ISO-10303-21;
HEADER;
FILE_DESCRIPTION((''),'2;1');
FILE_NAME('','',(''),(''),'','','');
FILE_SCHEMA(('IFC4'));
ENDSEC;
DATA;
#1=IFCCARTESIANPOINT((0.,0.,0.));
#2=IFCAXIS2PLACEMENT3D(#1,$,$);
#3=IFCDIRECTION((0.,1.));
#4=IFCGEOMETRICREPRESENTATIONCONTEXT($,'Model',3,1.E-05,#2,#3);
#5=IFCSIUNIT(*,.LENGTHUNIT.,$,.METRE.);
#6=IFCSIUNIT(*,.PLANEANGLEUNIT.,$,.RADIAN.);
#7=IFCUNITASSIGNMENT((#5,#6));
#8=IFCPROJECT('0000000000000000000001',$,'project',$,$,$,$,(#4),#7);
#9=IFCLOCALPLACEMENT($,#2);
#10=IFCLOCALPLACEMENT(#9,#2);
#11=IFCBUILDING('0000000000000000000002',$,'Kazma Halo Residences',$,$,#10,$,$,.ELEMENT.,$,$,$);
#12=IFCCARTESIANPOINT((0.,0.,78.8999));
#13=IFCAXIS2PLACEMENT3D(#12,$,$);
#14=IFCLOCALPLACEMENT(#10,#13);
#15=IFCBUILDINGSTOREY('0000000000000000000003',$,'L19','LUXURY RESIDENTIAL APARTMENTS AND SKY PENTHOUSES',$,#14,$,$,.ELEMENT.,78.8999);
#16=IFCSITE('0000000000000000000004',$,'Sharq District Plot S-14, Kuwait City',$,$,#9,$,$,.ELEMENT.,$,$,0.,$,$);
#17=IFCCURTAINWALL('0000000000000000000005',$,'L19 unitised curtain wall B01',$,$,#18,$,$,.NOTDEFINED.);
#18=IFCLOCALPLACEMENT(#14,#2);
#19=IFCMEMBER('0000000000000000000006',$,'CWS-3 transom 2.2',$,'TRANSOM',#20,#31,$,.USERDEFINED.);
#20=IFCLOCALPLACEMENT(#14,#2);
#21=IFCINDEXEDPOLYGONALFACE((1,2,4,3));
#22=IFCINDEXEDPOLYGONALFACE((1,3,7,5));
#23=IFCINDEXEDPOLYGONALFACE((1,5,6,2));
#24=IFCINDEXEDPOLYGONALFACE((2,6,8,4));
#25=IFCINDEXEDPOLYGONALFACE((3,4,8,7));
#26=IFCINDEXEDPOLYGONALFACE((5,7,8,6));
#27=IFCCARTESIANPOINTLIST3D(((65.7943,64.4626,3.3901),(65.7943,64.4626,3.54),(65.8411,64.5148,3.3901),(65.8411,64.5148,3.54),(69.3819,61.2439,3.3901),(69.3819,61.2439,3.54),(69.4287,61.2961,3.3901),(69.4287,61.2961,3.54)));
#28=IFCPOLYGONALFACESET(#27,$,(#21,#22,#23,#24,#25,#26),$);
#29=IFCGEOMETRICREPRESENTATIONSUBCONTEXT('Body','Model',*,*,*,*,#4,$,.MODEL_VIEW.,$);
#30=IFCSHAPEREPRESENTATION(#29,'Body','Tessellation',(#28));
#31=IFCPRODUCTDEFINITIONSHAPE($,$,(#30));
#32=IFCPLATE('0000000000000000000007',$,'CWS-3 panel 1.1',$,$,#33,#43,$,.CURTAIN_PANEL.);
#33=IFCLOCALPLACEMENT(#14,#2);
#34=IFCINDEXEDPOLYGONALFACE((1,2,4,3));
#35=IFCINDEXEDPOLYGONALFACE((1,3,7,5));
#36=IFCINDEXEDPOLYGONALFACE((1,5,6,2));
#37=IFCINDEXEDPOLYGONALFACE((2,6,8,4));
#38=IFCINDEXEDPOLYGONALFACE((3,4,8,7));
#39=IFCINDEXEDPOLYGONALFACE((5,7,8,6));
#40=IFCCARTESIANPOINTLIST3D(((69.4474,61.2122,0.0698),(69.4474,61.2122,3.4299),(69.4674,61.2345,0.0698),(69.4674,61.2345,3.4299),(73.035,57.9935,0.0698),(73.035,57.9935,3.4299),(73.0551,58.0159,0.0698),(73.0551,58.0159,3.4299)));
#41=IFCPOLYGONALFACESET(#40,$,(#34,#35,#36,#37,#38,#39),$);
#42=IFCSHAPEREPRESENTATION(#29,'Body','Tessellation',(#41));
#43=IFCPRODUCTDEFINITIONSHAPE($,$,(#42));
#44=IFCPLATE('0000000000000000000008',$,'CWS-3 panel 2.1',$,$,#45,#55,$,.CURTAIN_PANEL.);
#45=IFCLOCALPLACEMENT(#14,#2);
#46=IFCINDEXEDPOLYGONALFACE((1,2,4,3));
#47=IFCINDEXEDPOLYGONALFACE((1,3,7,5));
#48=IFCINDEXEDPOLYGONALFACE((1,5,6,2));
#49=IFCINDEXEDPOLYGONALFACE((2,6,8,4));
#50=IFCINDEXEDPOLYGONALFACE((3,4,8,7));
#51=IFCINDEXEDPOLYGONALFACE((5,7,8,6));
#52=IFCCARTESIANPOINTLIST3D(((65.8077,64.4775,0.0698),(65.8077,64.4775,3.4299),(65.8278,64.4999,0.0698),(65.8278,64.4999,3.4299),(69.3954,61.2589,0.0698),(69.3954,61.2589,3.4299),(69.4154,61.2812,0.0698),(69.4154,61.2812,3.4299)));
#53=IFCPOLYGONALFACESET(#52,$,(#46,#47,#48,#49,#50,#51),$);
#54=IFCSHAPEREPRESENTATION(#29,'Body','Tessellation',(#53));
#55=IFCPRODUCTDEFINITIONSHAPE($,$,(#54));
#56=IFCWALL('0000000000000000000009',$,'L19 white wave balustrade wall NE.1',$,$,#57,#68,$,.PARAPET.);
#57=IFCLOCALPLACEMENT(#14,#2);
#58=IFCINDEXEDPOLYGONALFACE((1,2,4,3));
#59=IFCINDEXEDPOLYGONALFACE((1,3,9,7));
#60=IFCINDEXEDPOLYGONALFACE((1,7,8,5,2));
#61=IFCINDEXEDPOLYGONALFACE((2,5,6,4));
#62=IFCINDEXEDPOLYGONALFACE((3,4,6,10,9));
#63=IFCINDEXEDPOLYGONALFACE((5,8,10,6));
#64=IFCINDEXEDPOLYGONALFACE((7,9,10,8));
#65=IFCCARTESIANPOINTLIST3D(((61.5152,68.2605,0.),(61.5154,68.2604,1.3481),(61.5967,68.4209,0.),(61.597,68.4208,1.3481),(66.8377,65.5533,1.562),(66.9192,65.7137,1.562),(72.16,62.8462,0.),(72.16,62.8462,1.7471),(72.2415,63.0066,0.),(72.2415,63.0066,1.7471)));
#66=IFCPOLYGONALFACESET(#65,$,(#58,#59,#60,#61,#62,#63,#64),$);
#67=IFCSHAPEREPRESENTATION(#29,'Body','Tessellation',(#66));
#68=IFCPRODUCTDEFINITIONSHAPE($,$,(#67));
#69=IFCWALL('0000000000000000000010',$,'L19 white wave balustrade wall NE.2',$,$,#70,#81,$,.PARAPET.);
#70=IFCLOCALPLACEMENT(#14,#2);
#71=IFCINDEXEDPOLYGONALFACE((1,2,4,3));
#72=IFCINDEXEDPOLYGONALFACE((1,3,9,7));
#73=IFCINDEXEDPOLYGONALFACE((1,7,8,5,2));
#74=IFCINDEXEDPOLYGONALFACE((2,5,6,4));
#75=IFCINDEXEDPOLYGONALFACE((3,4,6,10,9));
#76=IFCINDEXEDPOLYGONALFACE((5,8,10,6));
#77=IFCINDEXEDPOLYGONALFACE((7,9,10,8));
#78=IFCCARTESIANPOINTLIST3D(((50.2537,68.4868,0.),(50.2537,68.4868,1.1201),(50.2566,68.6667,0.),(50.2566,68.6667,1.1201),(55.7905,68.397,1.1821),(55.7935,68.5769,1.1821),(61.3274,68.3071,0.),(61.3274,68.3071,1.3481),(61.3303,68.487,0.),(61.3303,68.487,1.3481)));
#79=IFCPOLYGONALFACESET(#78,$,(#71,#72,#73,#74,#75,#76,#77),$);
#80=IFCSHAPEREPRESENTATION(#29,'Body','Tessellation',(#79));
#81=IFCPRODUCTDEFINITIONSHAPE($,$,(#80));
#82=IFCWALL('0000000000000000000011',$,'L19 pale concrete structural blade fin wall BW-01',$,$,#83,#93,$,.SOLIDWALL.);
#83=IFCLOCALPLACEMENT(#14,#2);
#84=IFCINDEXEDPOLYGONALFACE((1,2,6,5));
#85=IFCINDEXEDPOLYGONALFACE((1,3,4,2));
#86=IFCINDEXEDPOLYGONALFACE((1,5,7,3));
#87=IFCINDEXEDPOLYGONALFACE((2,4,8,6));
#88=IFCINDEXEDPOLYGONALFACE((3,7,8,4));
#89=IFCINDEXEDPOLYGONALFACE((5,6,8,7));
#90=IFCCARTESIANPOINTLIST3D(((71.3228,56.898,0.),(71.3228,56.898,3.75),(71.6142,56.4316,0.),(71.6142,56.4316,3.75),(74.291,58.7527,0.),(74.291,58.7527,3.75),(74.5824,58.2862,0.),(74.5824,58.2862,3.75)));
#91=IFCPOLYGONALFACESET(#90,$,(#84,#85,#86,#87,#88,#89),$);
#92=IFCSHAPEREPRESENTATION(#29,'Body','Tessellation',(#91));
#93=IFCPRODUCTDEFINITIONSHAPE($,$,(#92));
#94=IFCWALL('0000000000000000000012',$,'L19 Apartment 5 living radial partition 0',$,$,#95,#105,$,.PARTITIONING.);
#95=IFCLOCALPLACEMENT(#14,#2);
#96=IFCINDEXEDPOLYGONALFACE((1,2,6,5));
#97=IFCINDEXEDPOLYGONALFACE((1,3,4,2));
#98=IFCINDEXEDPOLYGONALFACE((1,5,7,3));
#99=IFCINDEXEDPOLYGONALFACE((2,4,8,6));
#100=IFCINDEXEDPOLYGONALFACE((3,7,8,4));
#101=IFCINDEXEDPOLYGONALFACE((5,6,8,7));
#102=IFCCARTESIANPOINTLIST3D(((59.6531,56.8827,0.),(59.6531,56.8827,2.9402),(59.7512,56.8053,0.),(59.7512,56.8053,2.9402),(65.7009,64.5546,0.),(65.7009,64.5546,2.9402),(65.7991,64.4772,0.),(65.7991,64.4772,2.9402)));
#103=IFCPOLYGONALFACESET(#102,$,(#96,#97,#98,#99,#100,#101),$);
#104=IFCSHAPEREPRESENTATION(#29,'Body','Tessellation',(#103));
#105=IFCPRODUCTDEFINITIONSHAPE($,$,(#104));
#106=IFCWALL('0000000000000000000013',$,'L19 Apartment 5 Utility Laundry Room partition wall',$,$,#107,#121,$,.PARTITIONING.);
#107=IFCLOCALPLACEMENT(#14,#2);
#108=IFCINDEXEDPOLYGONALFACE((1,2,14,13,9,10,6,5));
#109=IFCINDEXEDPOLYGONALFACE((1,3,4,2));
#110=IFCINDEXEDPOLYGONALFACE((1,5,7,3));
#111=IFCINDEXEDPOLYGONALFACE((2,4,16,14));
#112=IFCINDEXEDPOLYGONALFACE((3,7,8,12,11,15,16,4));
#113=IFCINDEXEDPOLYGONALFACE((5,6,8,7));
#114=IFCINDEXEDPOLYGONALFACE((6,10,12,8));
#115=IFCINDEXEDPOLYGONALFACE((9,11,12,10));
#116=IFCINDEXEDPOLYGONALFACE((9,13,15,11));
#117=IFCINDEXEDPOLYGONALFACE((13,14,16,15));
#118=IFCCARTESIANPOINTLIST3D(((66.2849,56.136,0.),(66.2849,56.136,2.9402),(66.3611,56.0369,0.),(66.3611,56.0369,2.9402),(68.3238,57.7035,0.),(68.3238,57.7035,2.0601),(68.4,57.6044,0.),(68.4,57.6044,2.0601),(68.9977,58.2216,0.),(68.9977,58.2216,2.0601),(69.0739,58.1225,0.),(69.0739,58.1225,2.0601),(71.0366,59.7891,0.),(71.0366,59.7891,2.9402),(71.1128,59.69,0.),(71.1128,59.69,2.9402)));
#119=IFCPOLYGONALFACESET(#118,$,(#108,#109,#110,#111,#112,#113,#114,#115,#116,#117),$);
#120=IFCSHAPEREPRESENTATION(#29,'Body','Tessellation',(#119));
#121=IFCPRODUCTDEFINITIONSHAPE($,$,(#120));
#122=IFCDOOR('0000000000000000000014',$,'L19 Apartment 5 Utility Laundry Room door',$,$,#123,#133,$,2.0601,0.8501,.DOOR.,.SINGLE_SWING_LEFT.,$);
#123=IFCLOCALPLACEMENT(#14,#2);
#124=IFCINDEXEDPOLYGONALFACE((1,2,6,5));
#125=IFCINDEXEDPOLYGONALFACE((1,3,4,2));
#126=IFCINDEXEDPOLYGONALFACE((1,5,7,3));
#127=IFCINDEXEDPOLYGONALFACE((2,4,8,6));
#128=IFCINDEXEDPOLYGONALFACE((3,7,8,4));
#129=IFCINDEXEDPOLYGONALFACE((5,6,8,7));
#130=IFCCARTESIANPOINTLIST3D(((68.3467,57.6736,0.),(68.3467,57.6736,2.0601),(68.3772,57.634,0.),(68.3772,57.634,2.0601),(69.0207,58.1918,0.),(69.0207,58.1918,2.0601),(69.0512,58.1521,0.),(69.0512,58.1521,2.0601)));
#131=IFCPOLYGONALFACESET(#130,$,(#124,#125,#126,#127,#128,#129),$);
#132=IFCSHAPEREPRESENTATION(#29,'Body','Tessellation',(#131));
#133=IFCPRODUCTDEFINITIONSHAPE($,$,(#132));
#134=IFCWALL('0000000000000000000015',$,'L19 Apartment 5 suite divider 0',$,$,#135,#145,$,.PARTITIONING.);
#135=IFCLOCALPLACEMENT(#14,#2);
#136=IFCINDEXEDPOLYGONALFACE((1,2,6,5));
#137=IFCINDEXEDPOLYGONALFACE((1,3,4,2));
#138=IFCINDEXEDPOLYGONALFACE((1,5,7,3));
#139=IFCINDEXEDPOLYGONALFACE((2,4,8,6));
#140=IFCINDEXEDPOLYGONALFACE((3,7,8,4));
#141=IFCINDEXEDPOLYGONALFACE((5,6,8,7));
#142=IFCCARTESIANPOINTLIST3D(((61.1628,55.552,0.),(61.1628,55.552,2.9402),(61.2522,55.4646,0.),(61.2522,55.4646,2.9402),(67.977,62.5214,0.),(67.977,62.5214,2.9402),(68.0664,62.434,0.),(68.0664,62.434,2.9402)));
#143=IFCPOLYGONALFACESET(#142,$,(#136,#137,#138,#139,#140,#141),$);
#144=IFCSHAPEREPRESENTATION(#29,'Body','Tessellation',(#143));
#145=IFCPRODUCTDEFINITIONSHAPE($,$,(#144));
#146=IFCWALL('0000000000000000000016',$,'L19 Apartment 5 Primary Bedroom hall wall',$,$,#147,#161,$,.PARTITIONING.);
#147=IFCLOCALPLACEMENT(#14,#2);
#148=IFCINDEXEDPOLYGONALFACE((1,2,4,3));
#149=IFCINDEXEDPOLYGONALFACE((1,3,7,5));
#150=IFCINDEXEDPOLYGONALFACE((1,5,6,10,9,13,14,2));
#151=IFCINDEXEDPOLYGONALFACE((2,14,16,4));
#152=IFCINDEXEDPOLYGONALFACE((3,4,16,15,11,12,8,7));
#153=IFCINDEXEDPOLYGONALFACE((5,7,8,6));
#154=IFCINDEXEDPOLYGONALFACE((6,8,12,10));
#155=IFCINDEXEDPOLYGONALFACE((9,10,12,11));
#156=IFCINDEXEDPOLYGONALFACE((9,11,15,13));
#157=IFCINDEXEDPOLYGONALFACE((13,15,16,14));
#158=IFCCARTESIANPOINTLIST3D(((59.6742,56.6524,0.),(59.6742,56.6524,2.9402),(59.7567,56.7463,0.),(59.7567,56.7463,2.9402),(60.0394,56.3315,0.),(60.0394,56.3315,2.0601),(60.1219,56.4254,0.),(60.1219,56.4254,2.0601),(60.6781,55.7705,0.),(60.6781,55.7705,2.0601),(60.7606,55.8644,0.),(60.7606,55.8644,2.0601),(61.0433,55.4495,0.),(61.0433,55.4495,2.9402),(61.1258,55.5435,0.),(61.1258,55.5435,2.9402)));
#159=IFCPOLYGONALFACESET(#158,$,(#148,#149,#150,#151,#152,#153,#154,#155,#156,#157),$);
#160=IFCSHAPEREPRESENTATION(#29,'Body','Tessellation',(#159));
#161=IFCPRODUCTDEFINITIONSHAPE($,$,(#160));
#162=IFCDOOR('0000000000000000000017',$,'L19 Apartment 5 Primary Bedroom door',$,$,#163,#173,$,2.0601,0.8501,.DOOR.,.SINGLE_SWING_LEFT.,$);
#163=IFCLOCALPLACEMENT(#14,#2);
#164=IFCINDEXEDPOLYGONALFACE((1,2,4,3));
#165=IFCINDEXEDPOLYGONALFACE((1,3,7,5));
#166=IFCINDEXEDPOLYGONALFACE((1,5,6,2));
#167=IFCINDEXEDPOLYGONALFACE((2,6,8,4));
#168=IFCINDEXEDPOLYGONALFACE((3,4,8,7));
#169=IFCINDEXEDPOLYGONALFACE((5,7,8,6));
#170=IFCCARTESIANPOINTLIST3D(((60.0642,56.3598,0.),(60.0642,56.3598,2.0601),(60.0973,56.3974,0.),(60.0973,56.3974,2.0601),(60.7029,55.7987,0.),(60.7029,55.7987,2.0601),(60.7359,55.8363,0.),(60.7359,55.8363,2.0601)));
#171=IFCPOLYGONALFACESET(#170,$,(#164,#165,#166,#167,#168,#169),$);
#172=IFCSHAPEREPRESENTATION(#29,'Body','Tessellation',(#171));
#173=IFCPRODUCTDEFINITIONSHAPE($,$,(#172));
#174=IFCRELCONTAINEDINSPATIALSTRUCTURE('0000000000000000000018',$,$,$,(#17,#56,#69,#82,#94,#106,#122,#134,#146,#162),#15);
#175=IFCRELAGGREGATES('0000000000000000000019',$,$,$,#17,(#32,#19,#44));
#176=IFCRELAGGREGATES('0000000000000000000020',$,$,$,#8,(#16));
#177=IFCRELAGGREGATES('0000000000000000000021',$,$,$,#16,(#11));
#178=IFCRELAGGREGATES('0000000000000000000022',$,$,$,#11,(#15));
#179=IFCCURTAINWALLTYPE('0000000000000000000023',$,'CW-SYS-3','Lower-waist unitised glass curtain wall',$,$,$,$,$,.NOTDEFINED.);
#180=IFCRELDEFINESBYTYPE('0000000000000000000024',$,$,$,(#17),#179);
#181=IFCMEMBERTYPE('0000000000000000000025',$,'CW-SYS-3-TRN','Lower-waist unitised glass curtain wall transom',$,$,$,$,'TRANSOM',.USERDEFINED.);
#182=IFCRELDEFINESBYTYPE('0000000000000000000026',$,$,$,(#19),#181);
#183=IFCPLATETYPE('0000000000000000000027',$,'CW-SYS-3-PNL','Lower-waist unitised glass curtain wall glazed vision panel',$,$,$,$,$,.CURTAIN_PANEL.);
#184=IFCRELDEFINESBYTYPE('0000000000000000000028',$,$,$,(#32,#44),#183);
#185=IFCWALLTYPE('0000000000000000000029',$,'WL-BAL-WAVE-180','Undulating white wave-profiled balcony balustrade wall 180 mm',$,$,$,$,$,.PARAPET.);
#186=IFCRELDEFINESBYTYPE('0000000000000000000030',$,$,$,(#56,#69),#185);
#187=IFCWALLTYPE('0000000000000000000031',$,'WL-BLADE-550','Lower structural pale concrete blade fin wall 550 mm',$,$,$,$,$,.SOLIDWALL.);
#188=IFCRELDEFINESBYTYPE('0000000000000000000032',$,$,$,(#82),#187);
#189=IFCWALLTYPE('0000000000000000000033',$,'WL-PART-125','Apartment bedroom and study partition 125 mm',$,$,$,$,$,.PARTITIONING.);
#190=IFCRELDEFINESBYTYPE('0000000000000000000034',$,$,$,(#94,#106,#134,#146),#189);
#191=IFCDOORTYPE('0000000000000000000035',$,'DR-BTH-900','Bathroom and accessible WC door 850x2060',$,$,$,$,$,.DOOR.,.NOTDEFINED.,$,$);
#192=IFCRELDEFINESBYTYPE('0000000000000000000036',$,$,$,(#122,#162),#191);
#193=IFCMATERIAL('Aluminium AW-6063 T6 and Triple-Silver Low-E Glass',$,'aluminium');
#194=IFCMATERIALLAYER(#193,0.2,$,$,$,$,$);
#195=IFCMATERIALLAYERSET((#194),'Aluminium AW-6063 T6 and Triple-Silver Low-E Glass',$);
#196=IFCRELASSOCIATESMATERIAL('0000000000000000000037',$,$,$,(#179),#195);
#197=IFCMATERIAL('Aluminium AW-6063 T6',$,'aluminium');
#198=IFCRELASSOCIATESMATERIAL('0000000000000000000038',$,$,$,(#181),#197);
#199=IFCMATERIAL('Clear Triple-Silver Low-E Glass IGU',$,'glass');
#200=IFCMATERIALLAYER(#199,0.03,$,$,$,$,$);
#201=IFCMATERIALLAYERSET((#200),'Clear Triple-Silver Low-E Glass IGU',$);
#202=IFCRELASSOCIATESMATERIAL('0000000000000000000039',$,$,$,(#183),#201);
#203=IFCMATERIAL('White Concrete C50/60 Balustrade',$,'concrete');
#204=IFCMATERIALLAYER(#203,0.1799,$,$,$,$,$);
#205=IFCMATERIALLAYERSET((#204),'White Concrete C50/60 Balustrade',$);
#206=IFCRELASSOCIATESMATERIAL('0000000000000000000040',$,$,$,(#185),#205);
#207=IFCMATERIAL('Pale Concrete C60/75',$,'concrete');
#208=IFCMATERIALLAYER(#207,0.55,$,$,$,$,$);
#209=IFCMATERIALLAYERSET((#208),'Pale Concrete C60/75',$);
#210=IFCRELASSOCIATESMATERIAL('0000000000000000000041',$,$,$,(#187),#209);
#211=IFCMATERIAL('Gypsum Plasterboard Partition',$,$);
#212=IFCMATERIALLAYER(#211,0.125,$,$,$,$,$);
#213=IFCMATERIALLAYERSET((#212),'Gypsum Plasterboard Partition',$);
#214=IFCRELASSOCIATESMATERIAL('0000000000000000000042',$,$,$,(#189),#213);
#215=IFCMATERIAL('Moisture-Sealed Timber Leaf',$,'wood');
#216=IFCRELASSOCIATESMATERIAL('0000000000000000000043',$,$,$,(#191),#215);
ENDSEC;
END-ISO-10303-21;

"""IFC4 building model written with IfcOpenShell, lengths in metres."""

from ifc_helpers import new_model, si_unit, direction, frame, frame_2d, origin, origin_2d, place, context, subcontext, project, spatial, polyline, rectangle, outline, extrude, material, layer, layer_set, material_profile, profile_set, type_object, element, fill, aggregate, save


model = new_model("IFC4")

# Units and contexts
model_context = context("Model", 3, precision=1e-05, world=origin(), true_north=direction((0.0, 1.0)))
body_context = subcontext(model_context, "Body", "Model", "MODEL_VIEW")
ifc_project = project(units=[si_unit("LENGTHUNIT", "METRE"), si_unit("PLANEANGLEUNIT", "RADIAN")], contexts=[model_context])

# Site, building, storey
site_placement = place(None, origin())
site = spatial("IfcSite", under=ifc_project, at=site_placement, Name="Sharq District Plot S-14, Kuwait City", CompositionType="ELEMENT", RefElevation=0.0)
building_placement = place(site_placement, origin())
building = spatial("IfcBuilding", under=site, at=building_placement, Name="Kazma Halo Residences", CompositionType="ELEMENT")
storey_placement = place(building_placement, frame((0.0, 0.0, 78.8999)))
storey = spatial("IfcBuildingStorey", under=building, at=storey_placement, Name="L19", Description="LUXURY RESIDENTIAL APARTMENTS AND SKY PENTHOUSES", CompositionType="ELEMENT", Elevation=78.8999)

# Curtain wall
ifc_material_1 = material(Name="Aluminium AW-6063 T6 and Triple-Silver Low-E Glass", Category="aluminium")
ifc_layer_1 = layer(ifc_material_1, 0.2)
ifc_layer_set_1 = layer_set([ifc_layer_1], Name="Aluminium AW-6063 T6 and Triple-Silver Low-E Glass")
curtain_wall_type = type_object("IfcCurtainWallType", Name="CW-SYS-3", Description="Lower-waist unitised glass curtain wall", PredefinedType="NOTDEFINED", material=ifc_layer_set_1)
curtain_wall_1_placement = place(storey_placement, origin())
curtain_wall_1 = element("IfcCurtainWall", 1, at=curtain_wall_1_placement, inside=storey, type_object=curtain_wall_type, Name="L19 unitised curtain wall B01", PredefinedType="NOTDEFINED")
ifc_material_2 = material(Name="Aluminium AW-6063 T6", Category="aluminium")

# Member
ifc_material_profile_1 = material_profile(ifc_material_2, rectangle(XDim=0.0701, YDim=0.1499, at=origin_2d()), Name="CWT-70x150")
ifc_profile_set_1 = profile_set([ifc_material_profile_1], Name="Aluminium AW-6063 T6")
member_type_1 = type_object("IfcMemberType", Name="CW-SYS-3-TRN", Description="Lower-waist unitised glass curtain wall transom", ElementType="TRANSOM", PredefinedType="USERDEFINED", material=ifc_profile_set_1)
member_1_placement = place(storey_placement, frame((69.4053, 61.27, 3.4651), z_axis=(-0.744338, 0.667803, 0.0), x_axis=(-0.667803, -0.744338, 0.0)))
member_1 = element("IfcMember", 2, at=member_1_placement, type_object=member_type_1, Name="CWS-3 transom 2.2", ObjectType="TRANSOM", PredefinedType="USERDEFINED", context=body_context, shape_type="SweptSolid", body=[
    extrude(rectangle(XDim=0.0701, YDim=0.1499, at=origin_2d()), origin(), (0.0, 0.0, 1.0), 4.8198),
])

# Plates
ifc_material_3 = material(Name="Clear Triple-Silver Low-E Glass IGU", Category="glass")
ifc_layer_2 = layer(ifc_material_3, 0.03)
ifc_layer_set_2 = layer_set([ifc_layer_2], Name="Clear Triple-Silver Low-E Glass IGU")
plate_type = type_object("IfcPlateType", Name="CW-SYS-3-PNL", Description="Lower-waist unitised glass curtain wall glazed vision panel", PredefinedType="CURTAIN_PANEL", material=ifc_layer_set_2)
plate_1_placement = place(storey_placement, frame((71.2512, 59.614, 0.0698), z_axis=(0.0, 0.0, 1.0), x_axis=(-0.744345, 0.667795, 0.0)))
plate_1 = element("IfcPlate", 3, at=plate_1_placement, type_object=plate_type, Name="CWS-3 panel 1.1", PredefinedType="CURTAIN_PANEL", context=body_context, shape_type="SweptSolid", body=[
    extrude(rectangle(XDim=4.8198, YDim=0.03, at=origin_2d()), origin(), (0.0, 0.0, 1.0), 3.3601),
])
plate_2_placement = place(storey_placement, frame((67.6116, 62.8794, 0.0698), z_axis=(0.0, 0.0, 1.0), x_axis=(-0.744345, 0.667795, 0.0)))
plate_2 = element("IfcPlate", 4, at=plate_2_placement, type_object=plate_type, Name="CWS-3 panel 2.1", PredefinedType="CURTAIN_PANEL", context=body_context, shape_type="SweptSolid", body=[
    extrude(rectangle(XDim=4.8198, YDim=0.03, at=origin_2d()), origin(), (0.0, 0.0, 1.0), 3.3601),
])
aggregate(curtain_wall_1, [plate_1, member_1, plate_2])

# Walls
ifc_material_4 = material(Name="White Concrete C50/60 Balustrade", Category="concrete")
ifc_layer_3 = layer(ifc_material_4, 0.1799)
ifc_layer_set_3 = layer_set([ifc_layer_3], Name="White Concrete C50/60 Balustrade")
wall_type_1 = type_object("IfcWallType", Name="WL-BAL-WAVE-180", Description="Undulating white wave-profiled balcony balustrade wall 180 mm", PredefinedType="PARAPET", material=ifc_layer_set_3)
wall_1_placement = place(storey_placement, frame((72.2007, 62.9263, 0.0), z_axis=(0.0, 0.0, 1.0), x_axis=(-0.891327, 0.45336, 0.0)))
element("IfcWall", 5, at=wall_1_placement, inside=storey, type_object=wall_type_1, Name="L19 white wave balustrade wall NE.1", PredefinedType="PARAPET", context=body_context, shape_type="SweptSolid", body=[
    extrude(outline(polyline([(0.0, 0.0), (11.9426, 0.0), (11.9424, 1.3481), (5.9712, 1.562), (0.0, 1.7471), (0.0, 0.0)])), frame((0.0, 0.0898, 0.0), z_axis=(0.0, -1.0, 0.0), x_axis=(1.0, 0.0, 0.0)), (0.0, 0.0, 1.0), 0.1799),
])
wall_2_placement = place(storey_placement, frame((61.3289, 68.397, 0.0), z_axis=(0.0, 0.0, 1.0), x_axis=(-0.999868, 0.016224, 0.0)))
element("IfcWall", 6, at=wall_2_placement, inside=storey, type_object=wall_type_1, Name="L19 white wave balustrade wall NE.2", PredefinedType="PARAPET", context=body_context, shape_type="SweptSolid", body=[
    extrude(outline(polyline([(0.0, 0.0), (11.0752, 0.0), (11.0752, 1.1201), (5.5376, 1.1821), (0.0, 1.3481), (0.0, 0.0)])), frame((0.0, 0.0898, 0.0), z_axis=(0.0, -1.0, 0.0), x_axis=(1.0, 0.0, 0.0)), (0.0, 0.0, 1.0), 0.1799),
])
ifc_material_5 = material(Name="Pale Concrete C60/75", Category="concrete")
ifc_layer_4 = layer(ifc_material_5, 0.55)
ifc_layer_set_4 = layer_set([ifc_layer_4], Name="Pale Concrete C60/75")
wall_type_2 = type_object("IfcWallType", Name="WL-BLADE-550", Description="Lower structural pale concrete blade fin wall 550 mm", PredefinedType="SOLIDWALL", material=ifc_layer_set_4)
wall_3_placement = place(storey_placement, frame((71.4685, 56.6648, 0.0), z_axis=(0.0, 0.0, 1.0), x_axis=(0.848053, 0.529911, 0.0)))
element("IfcWall", 7, at=wall_3_placement, inside=storey, type_object=wall_type_2, Name="L19 pale concrete structural blade fin wall BW-01", PredefinedType="SOLIDWALL", context=body_context, shape_type="SweptSolid", body=[
    extrude(rectangle(XDim=3.5, YDim=0.55, at=frame_2d((1.75, 0.0))), origin(), (0.0, 0.0, 1.0), 3.75),
])

# Wall
ifc_material_6 = material(Name="Gypsum Plasterboard Partition")
ifc_layer_5 = layer(ifc_material_6, 0.125)
ifc_layer_set_5 = layer_set([ifc_layer_5], Name="Gypsum Plasterboard Partition")
wall_type_3 = type_object("IfcWallType", Name="WL-PART-125", Description="Apartment bedroom and study partition 125 mm", PredefinedType="PARTITIONING", material=ifc_layer_set_5)
wall_4_placement = place(storey_placement, frame((59.7021, 56.844, 0.0), z_axis=(0.0, 0.0, 1.0), x_axis=(0.619083, 0.785325, 0.0)))
element("IfcWall", 8, at=wall_4_placement, inside=storey, type_object=wall_type_3, Name="L19 Apartment 5 living radial partition 0", PredefinedType="PARTITIONING", context=body_context, shape_type="SweptSolid", body=[
    extrude(rectangle(XDim=9.769, YDim=0.125, at=frame_2d((4.8845, 0.0))), origin(), (0.0, 0.0, 1.0), 2.9402),
])

# Wall, opening, door
wall_5_placement = place(storey_placement, frame((66.323, 56.0864, 0.0), z_axis=(0.0, 0.0, 1.0), x_axis=(0.792792, 0.609492, 0.0)))
wall_5 = element("IfcWall", 9, at=wall_5_placement, inside=storey, type_object=wall_type_3, Name="L19 Apartment 5 Utility Laundry Room partition wall", PredefinedType="PARTITIONING", context=body_context, shape_type="SweptSolid", body=[
    extrude(rectangle(XDim=5.9937, YDim=0.125, at=frame_2d((2.9968, 0.0))), origin(), (0.0, 0.0, 1.0), 2.9402),
])
opening_1_placement = place(wall_5_placement, frame((2.5718, 0.0, 0.0)))
opening_1 = element("IfcOpeningElement", 10, at=opening_1_placement, cuts=wall_5, PredefinedType="OPENING", context=body_context, shape_type="SweptSolid", body=[
    extrude(rectangle(XDim=0.8501, YDim=2.0601, at=frame_2d((0.425, 1.03))), frame((0.0, 0.0725, 0.0), z_axis=(0.0, -1.0, 0.0), x_axis=(1.0, 0.0, 0.0)), (0.0, 0.0, 1.0), 0.145),
])
ifc_material_7 = material(Name="Moisture-Sealed Timber Leaf", Category="wood")
door_type_1 = type_object("IfcDoorType", Name="DR-BTH-900", Description="Bathroom and accessible WC door 850x2060", OperationType="NOTDEFINED", PredefinedType="DOOR", material=ifc_material_7)
door_1_placement = place(opening_1_placement, origin())
door_1 = element("IfcDoor", 11, at=door_1_placement, inside=storey, type_object=door_type_1, Name="L19 Apartment 5 Utility Laundry Room door", OperationType="SINGLE_SWING_LEFT", OverallHeight=2.0601, OverallWidth=0.8501, PredefinedType="DOOR", context=body_context, shape_type="SweptSolid", body=[
    extrude(rectangle(XDim=0.8501, YDim=2.0601, at=frame_2d((0.425, 1.03))), frame((0.0, 0.0249, 0.0), z_axis=(0.0, -1.0, 0.0), x_axis=(1.0, 0.0, 0.0)), (0.0, 0.0, 1.0), 0.05),
])
fill(opening_1, door_1)

# Wall
wall_6_placement = place(storey_placement, frame((61.2075, 55.5083, 0.0), z_axis=(0.0, 0.0, 1.0), x_axis=(0.699097, 0.715027, 0.0)))
element("IfcWall", 12, at=wall_6_placement, inside=storey, type_object=wall_type_3, Name="L19 Apartment 5 suite divider 0", PredefinedType="PARTITIONING", context=body_context, shape_type="SweptSolid", body=[
    extrude(rectangle(XDim=9.7471, YDim=0.125, at=frame_2d((4.8735, 0.0))), origin(), (0.0, 0.0, 1.0), 2.9402),
])

# Wall, opening, door
wall_7_placement = place(storey_placement, frame((61.0845, 55.4966, 0.0), z_axis=(0.0, 0.0, 1.0), x_axis=(-0.751247, 0.660021, 0.0)))
wall_7 = element("IfcWall", 13, at=wall_7_placement, inside=storey, type_object=wall_type_3, Name="L19 Apartment 5 Primary Bedroom hall wall", PredefinedType="PARTITIONING", context=body_context, shape_type="SweptSolid", body=[
    extrude(rectangle(XDim=1.8225, YDim=0.125, at=frame_2d((0.9111, 0.0))), origin(), (0.0, 0.0, 1.0), 2.9402),
])
opening_2_placement = place(wall_7_placement, frame((0.4861, 0.0, 0.0)))
opening_2 = element("IfcOpeningElement", 14, at=opening_2_placement, cuts=wall_7, PredefinedType="OPENING", context=body_context, shape_type="SweptSolid", body=[
    extrude(rectangle(XDim=0.8501, YDim=2.0601, at=frame_2d((0.425, 1.03))), frame((0.0, 0.0725, 0.0), z_axis=(0.0, -1.0, 0.0), x_axis=(1.0, 0.0, 0.0)), (0.0, 0.0, 1.0), 0.145),
])
door_2_placement = place(opening_2_placement, origin())
door_2 = element("IfcDoor", 15, at=door_2_placement, inside=storey, type_object=door_type_1, Name="L19 Apartment 5 Primary Bedroom door", OperationType="SINGLE_SWING_LEFT", OverallHeight=2.0601, OverallWidth=0.8501, PredefinedType="DOOR", context=body_context, shape_type="SweptSolid", body=[
    extrude(rectangle(XDim=0.8501, YDim=2.0601, at=frame_2d((0.425, 1.03))), frame((0.0, 0.0249, 0.0), z_axis=(0.0, -1.0, 0.0), x_axis=(1.0, 0.0, 0.0)), (0.0, 0.0, 1.0), 0.05),
])
fill(opening_2, door_2)

save(model, "model.ifc")
